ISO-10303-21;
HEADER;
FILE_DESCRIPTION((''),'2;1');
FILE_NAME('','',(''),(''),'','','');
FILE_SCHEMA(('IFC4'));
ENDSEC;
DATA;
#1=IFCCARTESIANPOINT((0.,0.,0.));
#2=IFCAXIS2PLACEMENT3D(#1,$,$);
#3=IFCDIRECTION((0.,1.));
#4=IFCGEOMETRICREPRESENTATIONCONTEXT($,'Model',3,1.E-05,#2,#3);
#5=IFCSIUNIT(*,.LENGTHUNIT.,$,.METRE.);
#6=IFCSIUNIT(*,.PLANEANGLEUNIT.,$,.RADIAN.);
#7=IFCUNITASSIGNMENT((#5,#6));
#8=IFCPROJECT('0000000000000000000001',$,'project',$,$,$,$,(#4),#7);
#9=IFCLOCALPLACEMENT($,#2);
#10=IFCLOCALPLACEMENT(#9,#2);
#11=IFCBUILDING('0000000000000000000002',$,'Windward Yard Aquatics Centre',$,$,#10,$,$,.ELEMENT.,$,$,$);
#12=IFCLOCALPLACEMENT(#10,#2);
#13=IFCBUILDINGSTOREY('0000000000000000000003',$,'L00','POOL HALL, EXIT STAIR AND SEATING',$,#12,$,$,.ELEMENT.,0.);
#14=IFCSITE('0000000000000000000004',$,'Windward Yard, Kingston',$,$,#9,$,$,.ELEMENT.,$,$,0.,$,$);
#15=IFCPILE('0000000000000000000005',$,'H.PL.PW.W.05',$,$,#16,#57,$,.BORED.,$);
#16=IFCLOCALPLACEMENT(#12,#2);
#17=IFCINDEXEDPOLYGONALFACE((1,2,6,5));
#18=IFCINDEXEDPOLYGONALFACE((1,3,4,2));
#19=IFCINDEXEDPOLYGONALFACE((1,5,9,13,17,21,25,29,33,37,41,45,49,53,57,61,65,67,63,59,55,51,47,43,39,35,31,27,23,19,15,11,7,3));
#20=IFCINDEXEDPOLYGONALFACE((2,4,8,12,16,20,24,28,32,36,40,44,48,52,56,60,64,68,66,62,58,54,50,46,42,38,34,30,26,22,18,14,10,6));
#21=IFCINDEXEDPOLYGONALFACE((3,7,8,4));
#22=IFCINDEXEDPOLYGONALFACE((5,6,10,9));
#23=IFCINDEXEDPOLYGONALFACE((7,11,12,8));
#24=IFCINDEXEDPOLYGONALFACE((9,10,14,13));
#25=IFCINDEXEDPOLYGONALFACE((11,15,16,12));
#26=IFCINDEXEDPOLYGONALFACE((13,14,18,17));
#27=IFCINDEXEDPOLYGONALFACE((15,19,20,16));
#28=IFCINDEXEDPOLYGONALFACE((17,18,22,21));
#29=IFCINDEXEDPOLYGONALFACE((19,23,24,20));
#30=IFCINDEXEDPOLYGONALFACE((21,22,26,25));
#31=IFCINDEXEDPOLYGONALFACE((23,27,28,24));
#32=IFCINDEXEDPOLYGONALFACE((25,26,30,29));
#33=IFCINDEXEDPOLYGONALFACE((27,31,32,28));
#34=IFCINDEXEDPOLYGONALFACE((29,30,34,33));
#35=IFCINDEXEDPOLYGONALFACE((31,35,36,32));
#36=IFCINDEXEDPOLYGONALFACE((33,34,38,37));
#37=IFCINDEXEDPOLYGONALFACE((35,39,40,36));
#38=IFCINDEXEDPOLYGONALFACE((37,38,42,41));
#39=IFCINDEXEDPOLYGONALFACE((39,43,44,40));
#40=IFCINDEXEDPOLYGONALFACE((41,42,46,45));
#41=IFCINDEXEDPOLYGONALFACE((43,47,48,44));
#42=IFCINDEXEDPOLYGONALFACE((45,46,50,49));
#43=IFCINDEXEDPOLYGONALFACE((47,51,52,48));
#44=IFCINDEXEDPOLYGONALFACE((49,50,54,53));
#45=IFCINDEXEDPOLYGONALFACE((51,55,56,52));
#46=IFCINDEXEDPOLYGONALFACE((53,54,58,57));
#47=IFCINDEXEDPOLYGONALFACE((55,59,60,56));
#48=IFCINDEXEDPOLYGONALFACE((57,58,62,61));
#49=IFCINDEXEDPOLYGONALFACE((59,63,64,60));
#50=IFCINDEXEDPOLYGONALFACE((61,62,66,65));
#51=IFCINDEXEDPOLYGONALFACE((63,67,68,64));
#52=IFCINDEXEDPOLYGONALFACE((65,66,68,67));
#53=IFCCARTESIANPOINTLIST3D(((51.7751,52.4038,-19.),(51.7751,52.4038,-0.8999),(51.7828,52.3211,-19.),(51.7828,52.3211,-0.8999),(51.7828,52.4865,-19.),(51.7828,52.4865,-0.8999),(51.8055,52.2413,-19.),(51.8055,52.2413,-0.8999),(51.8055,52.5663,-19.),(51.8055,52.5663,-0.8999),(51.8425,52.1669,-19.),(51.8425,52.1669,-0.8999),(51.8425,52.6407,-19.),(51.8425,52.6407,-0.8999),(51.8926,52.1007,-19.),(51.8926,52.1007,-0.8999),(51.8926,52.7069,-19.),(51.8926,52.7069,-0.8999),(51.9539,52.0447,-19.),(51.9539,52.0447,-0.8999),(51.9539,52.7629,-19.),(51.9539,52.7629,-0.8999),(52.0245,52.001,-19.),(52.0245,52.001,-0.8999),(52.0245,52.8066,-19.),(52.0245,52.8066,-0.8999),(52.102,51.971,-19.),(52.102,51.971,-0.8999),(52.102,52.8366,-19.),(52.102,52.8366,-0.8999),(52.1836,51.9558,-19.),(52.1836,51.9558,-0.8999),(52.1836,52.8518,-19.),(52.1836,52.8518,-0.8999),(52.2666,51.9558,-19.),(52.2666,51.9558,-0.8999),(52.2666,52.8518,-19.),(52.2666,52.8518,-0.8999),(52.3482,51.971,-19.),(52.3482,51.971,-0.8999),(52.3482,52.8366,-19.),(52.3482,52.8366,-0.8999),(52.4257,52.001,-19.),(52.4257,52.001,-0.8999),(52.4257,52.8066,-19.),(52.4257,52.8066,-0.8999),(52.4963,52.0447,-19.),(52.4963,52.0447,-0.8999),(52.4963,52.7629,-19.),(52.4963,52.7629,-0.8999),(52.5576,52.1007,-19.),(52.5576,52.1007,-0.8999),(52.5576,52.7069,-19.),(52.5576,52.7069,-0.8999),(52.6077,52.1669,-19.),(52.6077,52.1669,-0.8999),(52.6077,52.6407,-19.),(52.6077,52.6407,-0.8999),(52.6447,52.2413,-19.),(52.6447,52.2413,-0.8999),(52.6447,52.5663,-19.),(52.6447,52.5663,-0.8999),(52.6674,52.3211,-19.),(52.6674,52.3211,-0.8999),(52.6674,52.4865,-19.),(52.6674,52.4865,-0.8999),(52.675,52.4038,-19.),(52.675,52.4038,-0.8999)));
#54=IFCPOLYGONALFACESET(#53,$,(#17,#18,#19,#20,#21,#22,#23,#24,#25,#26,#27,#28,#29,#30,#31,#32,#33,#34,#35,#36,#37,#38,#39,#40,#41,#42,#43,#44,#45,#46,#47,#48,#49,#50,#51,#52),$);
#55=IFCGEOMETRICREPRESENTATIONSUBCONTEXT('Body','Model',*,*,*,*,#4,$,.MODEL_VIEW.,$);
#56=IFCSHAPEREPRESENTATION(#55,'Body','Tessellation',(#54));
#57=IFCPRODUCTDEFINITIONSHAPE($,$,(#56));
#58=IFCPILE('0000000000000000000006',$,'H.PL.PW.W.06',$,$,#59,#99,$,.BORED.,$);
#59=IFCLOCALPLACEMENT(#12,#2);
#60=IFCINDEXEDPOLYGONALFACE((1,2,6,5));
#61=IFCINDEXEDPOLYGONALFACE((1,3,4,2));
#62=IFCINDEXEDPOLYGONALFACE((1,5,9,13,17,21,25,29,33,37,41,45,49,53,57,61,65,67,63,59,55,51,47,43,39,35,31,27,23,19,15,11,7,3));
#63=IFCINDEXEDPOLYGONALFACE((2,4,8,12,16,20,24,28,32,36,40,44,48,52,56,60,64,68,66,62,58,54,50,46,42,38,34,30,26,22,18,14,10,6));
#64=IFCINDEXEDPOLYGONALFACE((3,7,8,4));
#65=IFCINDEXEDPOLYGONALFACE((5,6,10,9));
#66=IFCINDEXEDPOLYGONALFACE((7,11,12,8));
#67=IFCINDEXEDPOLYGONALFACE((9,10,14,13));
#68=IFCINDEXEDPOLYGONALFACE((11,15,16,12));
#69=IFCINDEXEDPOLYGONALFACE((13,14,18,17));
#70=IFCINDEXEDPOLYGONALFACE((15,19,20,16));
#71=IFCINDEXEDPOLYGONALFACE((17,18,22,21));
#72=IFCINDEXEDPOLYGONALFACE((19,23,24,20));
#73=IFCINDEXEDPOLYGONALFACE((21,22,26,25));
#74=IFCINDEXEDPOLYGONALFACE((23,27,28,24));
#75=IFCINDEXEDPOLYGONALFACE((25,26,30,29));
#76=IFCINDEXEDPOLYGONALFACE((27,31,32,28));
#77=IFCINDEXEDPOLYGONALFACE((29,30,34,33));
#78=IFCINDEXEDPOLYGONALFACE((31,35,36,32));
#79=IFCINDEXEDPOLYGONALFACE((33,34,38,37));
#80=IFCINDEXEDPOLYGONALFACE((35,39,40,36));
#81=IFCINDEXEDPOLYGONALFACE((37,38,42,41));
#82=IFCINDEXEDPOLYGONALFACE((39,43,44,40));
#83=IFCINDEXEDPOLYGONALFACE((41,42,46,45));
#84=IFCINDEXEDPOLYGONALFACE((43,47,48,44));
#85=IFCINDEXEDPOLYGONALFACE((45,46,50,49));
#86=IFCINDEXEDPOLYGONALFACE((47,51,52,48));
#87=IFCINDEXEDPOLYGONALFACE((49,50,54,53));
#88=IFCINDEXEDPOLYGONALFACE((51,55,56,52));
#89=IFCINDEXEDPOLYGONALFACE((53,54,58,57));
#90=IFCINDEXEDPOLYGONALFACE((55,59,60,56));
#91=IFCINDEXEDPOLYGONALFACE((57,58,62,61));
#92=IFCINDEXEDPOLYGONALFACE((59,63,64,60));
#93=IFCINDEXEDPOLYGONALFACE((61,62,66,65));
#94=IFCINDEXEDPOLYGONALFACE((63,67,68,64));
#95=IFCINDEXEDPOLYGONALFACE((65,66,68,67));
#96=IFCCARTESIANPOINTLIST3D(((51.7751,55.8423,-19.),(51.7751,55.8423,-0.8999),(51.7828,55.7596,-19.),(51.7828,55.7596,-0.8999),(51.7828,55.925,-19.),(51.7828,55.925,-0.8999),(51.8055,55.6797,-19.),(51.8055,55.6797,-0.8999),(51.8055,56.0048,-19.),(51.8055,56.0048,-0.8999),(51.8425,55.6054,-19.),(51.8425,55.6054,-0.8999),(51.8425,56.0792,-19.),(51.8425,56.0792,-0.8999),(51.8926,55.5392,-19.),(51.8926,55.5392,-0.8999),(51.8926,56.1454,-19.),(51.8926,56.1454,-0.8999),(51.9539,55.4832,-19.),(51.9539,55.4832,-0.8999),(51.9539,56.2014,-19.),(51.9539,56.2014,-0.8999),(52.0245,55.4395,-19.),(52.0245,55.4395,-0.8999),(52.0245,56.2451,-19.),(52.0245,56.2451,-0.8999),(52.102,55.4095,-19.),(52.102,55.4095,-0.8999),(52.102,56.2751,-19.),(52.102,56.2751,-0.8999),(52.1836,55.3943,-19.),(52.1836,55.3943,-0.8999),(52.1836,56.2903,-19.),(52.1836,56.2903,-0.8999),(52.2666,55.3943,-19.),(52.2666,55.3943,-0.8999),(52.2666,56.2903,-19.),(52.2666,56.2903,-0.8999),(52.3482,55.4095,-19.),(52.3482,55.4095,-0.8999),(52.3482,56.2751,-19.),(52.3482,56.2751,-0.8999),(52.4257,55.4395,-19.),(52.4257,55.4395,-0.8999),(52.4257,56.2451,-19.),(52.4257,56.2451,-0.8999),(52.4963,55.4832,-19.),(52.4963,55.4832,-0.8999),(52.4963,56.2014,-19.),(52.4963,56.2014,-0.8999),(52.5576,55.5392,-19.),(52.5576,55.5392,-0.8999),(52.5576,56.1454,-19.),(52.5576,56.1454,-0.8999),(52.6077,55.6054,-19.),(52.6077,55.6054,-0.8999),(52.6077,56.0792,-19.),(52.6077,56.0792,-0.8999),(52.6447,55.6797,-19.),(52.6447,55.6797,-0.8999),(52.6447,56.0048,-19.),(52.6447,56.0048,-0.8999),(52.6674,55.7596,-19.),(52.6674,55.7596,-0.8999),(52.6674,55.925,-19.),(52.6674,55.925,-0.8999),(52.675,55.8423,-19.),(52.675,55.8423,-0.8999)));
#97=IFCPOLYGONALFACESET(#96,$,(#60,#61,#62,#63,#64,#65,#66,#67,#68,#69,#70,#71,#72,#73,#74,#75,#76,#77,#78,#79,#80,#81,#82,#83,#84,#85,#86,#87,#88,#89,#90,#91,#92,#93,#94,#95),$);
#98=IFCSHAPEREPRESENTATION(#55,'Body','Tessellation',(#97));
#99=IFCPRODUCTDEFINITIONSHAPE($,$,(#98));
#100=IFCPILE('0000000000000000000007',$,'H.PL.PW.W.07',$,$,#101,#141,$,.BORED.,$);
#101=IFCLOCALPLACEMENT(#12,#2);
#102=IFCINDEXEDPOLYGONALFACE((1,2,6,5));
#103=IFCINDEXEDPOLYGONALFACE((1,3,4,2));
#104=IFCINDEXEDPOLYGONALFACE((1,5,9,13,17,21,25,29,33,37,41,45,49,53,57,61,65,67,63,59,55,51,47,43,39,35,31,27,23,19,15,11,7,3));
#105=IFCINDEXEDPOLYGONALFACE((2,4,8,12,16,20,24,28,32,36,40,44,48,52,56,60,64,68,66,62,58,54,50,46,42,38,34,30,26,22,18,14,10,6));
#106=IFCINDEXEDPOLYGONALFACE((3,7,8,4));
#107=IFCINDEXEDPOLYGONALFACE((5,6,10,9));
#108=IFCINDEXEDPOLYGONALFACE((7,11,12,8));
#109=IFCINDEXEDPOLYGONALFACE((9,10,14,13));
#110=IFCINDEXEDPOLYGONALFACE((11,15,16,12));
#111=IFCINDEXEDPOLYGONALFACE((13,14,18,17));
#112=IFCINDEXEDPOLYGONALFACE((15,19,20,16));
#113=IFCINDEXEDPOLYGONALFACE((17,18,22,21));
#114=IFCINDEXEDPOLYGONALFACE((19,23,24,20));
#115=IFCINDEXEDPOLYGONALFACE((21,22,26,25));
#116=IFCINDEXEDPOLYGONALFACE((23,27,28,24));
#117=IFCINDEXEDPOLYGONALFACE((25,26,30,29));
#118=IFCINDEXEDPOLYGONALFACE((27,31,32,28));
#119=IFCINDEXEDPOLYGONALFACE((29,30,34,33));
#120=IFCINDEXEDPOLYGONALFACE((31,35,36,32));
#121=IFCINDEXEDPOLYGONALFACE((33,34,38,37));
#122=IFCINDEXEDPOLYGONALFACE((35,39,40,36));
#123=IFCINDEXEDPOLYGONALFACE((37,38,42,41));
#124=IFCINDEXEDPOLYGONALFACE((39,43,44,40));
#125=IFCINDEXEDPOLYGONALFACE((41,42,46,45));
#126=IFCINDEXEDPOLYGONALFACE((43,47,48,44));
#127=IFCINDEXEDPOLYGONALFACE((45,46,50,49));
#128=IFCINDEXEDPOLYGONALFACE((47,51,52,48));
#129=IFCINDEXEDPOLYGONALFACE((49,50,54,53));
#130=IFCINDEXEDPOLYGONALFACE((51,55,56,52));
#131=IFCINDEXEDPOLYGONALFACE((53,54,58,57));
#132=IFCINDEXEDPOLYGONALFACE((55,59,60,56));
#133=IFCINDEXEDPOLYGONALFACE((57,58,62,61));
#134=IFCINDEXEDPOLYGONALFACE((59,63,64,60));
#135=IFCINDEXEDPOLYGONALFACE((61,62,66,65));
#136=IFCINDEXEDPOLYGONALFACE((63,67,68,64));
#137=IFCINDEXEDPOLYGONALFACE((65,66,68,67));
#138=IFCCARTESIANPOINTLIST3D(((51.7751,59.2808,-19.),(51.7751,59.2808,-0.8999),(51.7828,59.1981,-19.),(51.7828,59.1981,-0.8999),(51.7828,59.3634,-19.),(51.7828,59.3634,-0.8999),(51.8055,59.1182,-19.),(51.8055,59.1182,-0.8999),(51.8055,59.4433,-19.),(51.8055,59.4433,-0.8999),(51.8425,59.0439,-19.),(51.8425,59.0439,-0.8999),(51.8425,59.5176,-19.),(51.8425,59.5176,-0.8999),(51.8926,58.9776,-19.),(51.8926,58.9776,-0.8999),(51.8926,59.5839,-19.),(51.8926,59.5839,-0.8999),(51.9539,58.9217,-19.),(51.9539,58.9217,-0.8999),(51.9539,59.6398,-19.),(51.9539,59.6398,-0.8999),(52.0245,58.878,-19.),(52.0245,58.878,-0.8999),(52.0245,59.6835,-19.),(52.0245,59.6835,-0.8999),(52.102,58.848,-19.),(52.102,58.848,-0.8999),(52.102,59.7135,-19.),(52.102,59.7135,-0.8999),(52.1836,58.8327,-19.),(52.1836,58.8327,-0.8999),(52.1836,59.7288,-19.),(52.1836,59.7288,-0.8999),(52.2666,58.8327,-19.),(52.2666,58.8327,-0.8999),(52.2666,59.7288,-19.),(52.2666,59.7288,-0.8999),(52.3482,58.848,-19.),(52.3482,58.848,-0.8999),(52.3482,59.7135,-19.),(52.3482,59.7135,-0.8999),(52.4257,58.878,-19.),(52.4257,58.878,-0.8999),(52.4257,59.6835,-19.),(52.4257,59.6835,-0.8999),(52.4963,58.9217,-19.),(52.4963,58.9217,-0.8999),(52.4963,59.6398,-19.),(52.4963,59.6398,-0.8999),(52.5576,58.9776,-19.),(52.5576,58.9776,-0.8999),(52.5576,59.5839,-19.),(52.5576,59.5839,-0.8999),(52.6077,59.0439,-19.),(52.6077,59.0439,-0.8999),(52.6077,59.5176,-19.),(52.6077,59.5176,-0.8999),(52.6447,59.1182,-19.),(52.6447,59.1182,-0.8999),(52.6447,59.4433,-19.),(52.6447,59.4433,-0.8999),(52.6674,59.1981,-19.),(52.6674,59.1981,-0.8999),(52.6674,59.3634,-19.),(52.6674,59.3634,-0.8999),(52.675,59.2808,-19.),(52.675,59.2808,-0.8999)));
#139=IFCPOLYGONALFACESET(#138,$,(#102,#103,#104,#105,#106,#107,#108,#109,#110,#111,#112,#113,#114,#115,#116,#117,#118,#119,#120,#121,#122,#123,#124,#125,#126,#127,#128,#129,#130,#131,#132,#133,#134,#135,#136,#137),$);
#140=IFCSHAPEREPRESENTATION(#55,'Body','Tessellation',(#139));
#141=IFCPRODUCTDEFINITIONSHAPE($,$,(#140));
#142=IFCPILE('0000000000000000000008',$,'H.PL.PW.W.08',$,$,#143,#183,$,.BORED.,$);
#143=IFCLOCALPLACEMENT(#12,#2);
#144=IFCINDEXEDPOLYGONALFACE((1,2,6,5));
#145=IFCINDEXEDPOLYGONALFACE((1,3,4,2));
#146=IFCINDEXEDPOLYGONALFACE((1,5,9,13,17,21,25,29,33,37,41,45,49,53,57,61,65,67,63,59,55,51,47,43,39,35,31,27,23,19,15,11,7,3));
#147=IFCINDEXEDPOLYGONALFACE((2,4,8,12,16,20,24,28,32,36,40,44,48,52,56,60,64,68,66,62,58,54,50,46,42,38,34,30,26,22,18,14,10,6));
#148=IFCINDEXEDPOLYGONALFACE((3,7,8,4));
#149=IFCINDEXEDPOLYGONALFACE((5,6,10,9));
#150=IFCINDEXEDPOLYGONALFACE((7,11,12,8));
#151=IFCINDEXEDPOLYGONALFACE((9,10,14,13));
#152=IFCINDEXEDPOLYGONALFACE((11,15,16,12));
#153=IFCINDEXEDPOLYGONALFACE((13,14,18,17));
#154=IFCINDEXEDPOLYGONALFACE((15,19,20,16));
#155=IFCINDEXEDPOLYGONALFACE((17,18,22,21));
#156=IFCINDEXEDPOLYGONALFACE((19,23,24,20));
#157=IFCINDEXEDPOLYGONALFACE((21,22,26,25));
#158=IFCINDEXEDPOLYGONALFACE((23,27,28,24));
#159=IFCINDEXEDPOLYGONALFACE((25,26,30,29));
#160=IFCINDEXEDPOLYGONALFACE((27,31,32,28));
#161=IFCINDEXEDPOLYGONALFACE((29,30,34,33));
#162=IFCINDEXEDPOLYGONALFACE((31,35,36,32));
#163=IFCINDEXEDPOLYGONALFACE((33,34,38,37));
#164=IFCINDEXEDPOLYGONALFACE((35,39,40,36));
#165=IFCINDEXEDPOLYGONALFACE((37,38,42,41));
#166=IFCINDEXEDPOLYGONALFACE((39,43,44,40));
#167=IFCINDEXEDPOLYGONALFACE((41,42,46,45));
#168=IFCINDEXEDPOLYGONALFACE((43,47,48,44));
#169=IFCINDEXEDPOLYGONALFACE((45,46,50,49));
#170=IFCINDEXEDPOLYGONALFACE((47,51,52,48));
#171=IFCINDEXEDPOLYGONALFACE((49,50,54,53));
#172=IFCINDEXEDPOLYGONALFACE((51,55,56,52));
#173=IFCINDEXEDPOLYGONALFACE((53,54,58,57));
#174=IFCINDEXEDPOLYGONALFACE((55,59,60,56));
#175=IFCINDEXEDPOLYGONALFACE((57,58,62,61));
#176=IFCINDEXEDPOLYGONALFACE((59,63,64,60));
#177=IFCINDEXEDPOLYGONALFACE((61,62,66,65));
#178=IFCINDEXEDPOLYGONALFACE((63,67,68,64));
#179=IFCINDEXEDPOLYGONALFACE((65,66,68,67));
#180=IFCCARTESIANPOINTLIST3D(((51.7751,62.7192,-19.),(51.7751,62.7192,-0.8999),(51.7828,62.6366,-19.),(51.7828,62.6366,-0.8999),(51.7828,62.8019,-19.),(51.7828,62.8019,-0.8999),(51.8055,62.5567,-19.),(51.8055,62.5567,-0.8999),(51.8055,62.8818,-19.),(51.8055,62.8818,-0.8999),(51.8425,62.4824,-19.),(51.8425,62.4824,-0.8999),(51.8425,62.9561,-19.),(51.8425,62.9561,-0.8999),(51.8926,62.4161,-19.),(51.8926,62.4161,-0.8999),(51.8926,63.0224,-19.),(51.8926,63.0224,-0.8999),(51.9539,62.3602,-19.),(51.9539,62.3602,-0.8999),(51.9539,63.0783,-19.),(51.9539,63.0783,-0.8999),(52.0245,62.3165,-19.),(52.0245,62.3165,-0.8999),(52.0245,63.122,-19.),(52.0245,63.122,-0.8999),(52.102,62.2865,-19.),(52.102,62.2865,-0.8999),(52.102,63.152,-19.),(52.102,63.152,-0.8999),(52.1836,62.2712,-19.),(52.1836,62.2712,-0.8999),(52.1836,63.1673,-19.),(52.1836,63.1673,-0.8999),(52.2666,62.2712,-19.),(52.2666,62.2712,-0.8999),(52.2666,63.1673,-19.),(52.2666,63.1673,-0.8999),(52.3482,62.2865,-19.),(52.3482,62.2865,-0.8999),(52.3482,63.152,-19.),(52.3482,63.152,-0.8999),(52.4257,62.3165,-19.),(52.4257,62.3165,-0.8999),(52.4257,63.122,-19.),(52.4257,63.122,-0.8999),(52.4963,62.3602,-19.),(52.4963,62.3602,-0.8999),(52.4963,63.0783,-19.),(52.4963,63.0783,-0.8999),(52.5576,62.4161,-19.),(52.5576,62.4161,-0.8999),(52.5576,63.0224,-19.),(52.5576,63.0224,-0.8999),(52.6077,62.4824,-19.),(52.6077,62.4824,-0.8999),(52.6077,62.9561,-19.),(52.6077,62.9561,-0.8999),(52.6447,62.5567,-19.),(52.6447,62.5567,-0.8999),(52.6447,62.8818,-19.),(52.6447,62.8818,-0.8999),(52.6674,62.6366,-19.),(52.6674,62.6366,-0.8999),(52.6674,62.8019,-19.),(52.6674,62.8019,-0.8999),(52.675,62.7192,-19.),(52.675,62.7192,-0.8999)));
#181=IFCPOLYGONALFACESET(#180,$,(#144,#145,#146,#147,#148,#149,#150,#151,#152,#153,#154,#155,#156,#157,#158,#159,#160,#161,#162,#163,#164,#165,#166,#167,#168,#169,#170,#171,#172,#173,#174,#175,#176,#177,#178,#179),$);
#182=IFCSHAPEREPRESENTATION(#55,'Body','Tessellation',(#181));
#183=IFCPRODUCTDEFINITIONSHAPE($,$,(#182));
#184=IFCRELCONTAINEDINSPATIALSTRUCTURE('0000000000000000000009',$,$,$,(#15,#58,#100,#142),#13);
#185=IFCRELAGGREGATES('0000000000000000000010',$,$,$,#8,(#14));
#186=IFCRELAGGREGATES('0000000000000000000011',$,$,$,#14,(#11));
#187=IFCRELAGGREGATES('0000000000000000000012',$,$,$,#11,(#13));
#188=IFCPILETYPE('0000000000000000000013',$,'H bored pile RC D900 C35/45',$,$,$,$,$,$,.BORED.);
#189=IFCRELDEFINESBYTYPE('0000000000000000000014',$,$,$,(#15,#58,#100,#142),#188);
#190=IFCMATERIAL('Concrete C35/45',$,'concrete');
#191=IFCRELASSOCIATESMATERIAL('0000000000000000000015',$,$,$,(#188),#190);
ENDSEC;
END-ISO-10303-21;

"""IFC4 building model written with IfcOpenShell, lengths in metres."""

from ifc_helpers import new_model, si_unit, direction, frame, origin, origin_2d, place, context, subcontext, project, spatial, circle, extrude, material, material_profile, profile_set, type_object, element, save


model = new_model("IFC4")

# Units and contexts
model_context = context("Model", 3, precision=1e-05, world=origin(), true_north=direction((0.0, 1.0)))
body_context = subcontext(model_context, "Body", "Model", "MODEL_VIEW")
ifc_project = project(units=[si_unit("LENGTHUNIT", "METRE"), si_unit("PLANEANGLEUNIT", "RADIAN")], contexts=[model_context])

# Site, building, storey
site_placement = place(None, origin())
site = spatial("IfcSite", under=ifc_project, at=site_placement, Name="Windward Yard, Kingston", CompositionType="ELEMENT", RefElevation=0.0)
building_placement = place(site_placement, origin())
building = spatial("IfcBuilding", under=site, at=building_placement, Name="Windward Yard Aquatics Centre", CompositionType="ELEMENT")
storey_placement = place(building_placement, origin())
storey = spatial("IfcBuildingStorey", under=building, at=storey_placement, Name="L00", Description="POOL HALL, EXIT STAIR AND SEATING", CompositionType="ELEMENT", Elevation=0.0)

# Piles
ifc_material_1 = material(Name="Concrete C35/45", Category="concrete")
ifc_material_profile = material_profile(ifc_material_1, circle(Radius=0.45, at=origin_2d()), Name="RC D900")
ifc_profile_set = profile_set([ifc_material_profile], Name="Concrete C35/45")
pile_type = type_object("IfcPileType", Name="H bored pile RC D900 C35/45", PredefinedType="BORED", material=ifc_profile_set)
for number, where, z_axis, x_axis, name in (
    (1, (52.2251, 52.4038, -0.8999), (0.0, 0.0, -1.0), (1.0, 0.0, 0.0), "H.PL.PW.W.05"),
    (2, (52.2251, 55.8423, -0.8999), (0.0, 0.0, -1.0), (1.0, 0.0, 0.0), "H.PL.PW.W.06"),
    (3, (52.2251, 59.2808, -0.8999), (0.0, 0.0, -1.0), (1.0, 0.0, 0.0), "H.PL.PW.W.07"),
    (4, (52.2251, 62.7192, -0.8999), (0.0, 0.0, -1.0), (1.0, 0.0, 0.0), "H.PL.PW.W.08"),
):
    element("IfcPile", number, at=place(storey_placement, frame(where, z_axis=z_axis, x_axis=x_axis)), inside=storey, type_object=pile_type, Name=name, PredefinedType="BORED", context=body_context, shape_type="SweptSolid", body=[
        extrude(circle(Radius=0.45, at=origin_2d()), origin(), (0.0, 0.0, 1.0), 18.1001),
    ])

save(model, "model.ifc")
